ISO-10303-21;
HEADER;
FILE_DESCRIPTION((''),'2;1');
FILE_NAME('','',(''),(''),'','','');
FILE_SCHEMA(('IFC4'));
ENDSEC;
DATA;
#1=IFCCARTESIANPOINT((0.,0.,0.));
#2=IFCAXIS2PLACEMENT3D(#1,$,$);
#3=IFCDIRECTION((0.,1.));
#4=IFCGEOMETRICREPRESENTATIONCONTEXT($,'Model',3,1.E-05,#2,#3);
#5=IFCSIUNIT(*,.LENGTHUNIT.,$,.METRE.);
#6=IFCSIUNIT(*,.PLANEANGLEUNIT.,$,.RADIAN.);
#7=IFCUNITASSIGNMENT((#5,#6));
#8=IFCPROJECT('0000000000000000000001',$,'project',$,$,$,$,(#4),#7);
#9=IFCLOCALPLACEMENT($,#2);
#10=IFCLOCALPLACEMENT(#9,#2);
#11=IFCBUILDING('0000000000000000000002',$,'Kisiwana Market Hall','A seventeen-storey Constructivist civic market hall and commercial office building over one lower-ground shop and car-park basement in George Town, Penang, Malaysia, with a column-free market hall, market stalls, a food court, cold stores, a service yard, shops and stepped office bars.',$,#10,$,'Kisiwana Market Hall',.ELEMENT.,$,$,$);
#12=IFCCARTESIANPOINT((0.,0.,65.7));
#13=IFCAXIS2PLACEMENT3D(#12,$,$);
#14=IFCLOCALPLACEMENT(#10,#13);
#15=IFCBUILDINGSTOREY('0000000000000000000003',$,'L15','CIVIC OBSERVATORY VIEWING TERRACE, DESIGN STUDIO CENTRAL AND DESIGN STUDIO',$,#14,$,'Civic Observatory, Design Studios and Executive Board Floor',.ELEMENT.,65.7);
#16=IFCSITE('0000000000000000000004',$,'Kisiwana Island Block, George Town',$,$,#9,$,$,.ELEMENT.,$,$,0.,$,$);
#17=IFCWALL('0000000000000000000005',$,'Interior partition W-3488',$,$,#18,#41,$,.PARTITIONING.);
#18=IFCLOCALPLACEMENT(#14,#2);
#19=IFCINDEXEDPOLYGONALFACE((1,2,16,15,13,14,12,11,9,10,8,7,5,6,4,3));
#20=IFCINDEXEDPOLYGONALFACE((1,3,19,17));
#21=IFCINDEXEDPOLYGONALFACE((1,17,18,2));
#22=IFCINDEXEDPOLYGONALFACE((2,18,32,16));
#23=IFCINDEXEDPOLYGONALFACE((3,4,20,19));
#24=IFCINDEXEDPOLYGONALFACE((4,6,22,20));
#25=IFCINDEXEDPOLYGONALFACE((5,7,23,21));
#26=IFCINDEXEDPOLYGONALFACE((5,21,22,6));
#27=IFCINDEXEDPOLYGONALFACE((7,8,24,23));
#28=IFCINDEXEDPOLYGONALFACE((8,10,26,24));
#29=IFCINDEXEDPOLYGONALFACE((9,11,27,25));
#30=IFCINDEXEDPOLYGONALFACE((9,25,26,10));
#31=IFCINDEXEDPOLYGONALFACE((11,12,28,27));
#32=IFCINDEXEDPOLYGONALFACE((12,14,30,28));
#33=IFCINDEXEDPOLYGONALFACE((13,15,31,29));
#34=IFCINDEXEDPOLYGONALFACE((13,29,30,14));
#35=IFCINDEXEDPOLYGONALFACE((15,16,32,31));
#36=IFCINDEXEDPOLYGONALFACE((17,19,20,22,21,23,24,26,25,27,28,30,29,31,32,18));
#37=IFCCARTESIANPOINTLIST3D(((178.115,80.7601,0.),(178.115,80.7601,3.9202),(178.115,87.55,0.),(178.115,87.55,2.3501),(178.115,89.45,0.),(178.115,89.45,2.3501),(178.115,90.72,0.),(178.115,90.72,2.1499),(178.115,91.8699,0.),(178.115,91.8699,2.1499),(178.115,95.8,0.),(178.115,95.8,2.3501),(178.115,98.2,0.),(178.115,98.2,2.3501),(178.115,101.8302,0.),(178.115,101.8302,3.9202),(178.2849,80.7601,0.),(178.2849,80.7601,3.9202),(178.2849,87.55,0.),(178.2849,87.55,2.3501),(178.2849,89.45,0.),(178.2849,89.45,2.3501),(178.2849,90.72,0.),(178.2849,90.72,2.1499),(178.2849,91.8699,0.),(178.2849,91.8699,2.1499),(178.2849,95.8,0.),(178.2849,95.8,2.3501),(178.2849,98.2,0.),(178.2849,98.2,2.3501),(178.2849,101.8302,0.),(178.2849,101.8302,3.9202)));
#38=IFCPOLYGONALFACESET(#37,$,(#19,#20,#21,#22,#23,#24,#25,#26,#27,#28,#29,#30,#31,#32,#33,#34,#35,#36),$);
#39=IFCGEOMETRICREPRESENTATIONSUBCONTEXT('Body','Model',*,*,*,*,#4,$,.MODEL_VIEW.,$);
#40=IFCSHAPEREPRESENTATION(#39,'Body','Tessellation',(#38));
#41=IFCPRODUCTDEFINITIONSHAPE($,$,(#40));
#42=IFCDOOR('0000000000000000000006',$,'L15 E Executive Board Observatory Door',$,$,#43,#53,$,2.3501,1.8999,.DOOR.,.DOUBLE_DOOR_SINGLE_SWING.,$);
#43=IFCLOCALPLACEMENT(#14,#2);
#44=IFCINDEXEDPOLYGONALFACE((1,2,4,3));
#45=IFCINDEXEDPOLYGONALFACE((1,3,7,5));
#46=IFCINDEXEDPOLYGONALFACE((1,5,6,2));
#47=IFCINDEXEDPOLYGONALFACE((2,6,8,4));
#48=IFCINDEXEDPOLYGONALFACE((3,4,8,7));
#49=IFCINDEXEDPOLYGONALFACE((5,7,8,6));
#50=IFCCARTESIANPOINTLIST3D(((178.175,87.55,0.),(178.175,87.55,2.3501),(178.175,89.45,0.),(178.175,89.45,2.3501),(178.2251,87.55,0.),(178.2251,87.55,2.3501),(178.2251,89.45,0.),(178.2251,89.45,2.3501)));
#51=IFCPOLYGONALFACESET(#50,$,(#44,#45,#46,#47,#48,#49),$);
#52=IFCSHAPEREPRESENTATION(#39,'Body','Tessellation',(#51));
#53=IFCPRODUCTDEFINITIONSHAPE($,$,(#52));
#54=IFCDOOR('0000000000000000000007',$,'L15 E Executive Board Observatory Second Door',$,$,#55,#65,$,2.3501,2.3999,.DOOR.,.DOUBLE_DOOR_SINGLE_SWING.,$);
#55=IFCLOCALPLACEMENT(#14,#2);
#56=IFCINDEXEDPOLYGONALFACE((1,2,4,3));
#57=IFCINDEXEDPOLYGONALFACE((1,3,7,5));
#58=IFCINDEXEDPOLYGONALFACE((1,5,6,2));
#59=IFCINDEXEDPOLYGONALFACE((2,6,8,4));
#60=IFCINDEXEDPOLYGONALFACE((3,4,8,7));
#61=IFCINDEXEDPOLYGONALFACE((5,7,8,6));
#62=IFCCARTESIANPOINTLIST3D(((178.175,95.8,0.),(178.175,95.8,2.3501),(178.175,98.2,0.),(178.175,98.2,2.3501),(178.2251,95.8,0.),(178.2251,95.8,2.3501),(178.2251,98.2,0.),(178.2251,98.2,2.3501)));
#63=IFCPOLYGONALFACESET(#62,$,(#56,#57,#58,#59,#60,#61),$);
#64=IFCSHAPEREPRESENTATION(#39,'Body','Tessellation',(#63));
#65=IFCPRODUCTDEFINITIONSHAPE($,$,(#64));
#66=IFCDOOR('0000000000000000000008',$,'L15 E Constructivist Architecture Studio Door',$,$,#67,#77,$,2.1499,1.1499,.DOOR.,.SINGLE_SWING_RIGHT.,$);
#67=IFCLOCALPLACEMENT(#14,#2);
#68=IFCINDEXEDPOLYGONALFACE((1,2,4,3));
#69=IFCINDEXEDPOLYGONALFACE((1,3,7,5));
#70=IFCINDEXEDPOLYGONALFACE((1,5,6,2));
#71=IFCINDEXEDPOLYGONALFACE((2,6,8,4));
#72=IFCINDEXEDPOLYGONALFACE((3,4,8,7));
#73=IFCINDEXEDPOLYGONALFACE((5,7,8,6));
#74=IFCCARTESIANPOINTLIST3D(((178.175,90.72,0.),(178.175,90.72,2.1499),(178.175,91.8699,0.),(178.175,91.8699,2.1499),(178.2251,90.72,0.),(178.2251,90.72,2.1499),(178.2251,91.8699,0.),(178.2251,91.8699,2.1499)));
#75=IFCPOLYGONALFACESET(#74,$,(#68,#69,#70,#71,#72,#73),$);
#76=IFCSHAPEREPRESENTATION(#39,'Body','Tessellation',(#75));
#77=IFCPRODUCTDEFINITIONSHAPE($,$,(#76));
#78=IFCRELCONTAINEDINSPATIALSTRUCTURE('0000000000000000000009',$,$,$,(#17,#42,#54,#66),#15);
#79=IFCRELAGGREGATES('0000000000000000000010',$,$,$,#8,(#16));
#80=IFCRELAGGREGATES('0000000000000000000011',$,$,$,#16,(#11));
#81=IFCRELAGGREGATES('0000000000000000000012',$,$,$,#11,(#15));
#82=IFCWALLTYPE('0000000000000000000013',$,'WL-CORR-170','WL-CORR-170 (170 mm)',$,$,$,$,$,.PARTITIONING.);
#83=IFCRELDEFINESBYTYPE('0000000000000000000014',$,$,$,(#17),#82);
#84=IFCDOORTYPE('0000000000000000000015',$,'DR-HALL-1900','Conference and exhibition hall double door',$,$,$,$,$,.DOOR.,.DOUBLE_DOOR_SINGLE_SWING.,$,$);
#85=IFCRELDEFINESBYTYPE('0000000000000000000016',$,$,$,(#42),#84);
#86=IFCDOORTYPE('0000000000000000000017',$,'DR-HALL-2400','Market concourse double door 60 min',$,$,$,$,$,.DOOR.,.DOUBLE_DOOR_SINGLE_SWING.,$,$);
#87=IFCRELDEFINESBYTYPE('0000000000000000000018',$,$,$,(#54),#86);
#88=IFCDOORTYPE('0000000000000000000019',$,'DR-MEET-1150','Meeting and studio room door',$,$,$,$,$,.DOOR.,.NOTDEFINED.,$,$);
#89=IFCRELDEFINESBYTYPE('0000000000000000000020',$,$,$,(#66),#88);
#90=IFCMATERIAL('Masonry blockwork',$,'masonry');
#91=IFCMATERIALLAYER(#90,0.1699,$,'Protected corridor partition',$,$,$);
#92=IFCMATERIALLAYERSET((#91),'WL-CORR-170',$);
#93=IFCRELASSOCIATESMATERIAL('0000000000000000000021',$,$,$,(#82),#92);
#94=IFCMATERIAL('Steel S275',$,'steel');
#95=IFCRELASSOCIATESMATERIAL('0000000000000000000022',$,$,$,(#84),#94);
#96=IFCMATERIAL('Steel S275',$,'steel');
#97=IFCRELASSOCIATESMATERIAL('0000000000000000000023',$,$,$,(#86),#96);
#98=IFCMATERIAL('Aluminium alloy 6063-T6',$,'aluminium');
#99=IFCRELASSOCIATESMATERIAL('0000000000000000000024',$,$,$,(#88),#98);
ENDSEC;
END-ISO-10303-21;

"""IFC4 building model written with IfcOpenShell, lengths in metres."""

from ifc_helpers import new_model, si_unit, direction, frame, frame_2d, origin, place, context, subcontext, project, spatial, rectangle, extrude, material, layer, layer_set, type_object, element, fill, save


model = new_model("IFC4")

# Units and contexts
model_context = context("Model", 3, precision=1e-05, world=origin(), true_north=direction((0.0, 1.0)))
body_context = subcontext(model_context, "Body", "Model", "MODEL_VIEW")
ifc_project = project(units=[si_unit("LENGTHUNIT", "METRE"), si_unit("PLANEANGLEUNIT", "RADIAN")], contexts=[model_context])

# Site, building, storey
site_placement = place(None, origin())
site = spatial("IfcSite", under=ifc_project, at=site_placement, Name="Kisiwana Island Block, George Town", CompositionType="ELEMENT", RefElevation=0.0)
building_placement = place(site_placement, origin())
building = spatial("IfcBuilding", under=site, at=building_placement, Name="Kisiwana Market Hall", Description="A seventeen-storey Constructivist civic market hall and commercial office building over one lower-ground shop and car-park basement in George Town, Penang, Malaysia, with a column-free market hall, market stalls, a food court, cold stores, a service yard, shops and stepped office bars.", LongName="Kisiwana Market Hall", CompositionType="ELEMENT")
storey_placement = place(building_placement, frame((0.0, 0.0, 65.7)))
storey = spatial("IfcBuildingStorey", under=building, at=storey_placement, Name="L15", Description="CIVIC OBSERVATORY VIEWING TERRACE, DESIGN STUDIO CENTRAL AND DESIGN STUDIO", LongName="Civic Observatory, Design Studios and Executive Board Floor", CompositionType="ELEMENT", Elevation=65.7)

# Wall, openings, doors
ifc_material_1 = material(Name="Masonry blockwork", Category="masonry")
ifc_layer_1 = layer(ifc_material_1, 0.1699, Name="Protected corridor partition")
ifc_layer_set_1 = layer_set([ifc_layer_1], Name="WL-CORR-170")
wall_type_1 = type_object("IfcWallType", Name="WL-CORR-170", Description="WL-CORR-170 (170 mm)", PredefinedType="PARTITIONING", material=ifc_layer_set_1)
wall_1_placement = place(storey_placement, frame((178.2, 80.76, 0.0), z_axis=(0.0, 0.0, 1.0), x_axis=(0.0, 1.0, 0.0)))
wall_1 = element("IfcWall", 1, at=wall_1_placement, inside=storey, type_object=wall_type_1, Name="Interior partition W-3488", PredefinedType="PARTITIONING", context=body_context, shape_type="SweptSolid", body=[
    extrude(rectangle(XDim=21.0701, YDim=0.1699, at=frame_2d((10.5352, 0.0))), origin(), (0.0, 0.0, 1.0), 3.9202),
])
opening_1_placement = place(wall_1_placement, frame((6.79, 0.0, 0.0)))
opening_1 = element("IfcOpeningElement", 2, at=opening_1_placement, cuts=wall_1, PredefinedType="OPENING", context=body_context, shape_type="SweptSolid", body=[
    extrude(rectangle(XDim=1.8999, YDim=2.3501, at=frame_2d((0.95, 1.175))), frame((0.0, 0.0969, 0.0), z_axis=(0.0, -1.0, 0.0), x_axis=(1.0, 0.0, 0.0)), (0.0, 0.0, 1.0), 0.1938),
])
opening_2_placement = place(wall_1_placement, frame((15.04, 0.0, 0.0)))
opening_2 = element("IfcOpeningElement", 3, at=opening_2_placement, cuts=wall_1, PredefinedType="OPENING", context=body_context, shape_type="SweptSolid", body=[
    extrude(rectangle(XDim=2.3999, YDim=2.3501, at=frame_2d((1.2, 1.175))), frame((0.0, 0.0969, 0.0), z_axis=(0.0, -1.0, 0.0), x_axis=(1.0, 0.0, 0.0)), (0.0, 0.0, 1.0), 0.1938),
])
opening_3_placement = place(wall_1_placement, frame((9.96, 0.0, 0.0)))
opening_3 = element("IfcOpeningElement", 4, at=opening_3_placement, cuts=wall_1, PredefinedType="OPENING", context=body_context, shape_type="SweptSolid", body=[
    extrude(rectangle(XDim=1.1499, YDim=2.1499, at=frame_2d((0.575, 1.075))), frame((0.0, 0.0969, 0.0), z_axis=(0.0, -1.0, 0.0), x_axis=(1.0, 0.0, 0.0)), (0.0, 0.0, 1.0), 0.1938),
])
ifc_material_2 = material(Name="Steel S275", Category="steel")
door_type_1 = type_object("IfcDoorType", Name="DR-HALL-1900", Description="Conference and exhibition hall double door", OperationType="DOUBLE_DOOR_SINGLE_SWING", PredefinedType="DOOR", material=ifc_material_2)
door_1_placement = place(opening_1_placement, origin())
door_1 = element("IfcDoor", 5, at=door_1_placement, inside=storey, type_object=door_type_1, Name="L15 E Executive Board Observatory Door", OperationType="DOUBLE_DOOR_SINGLE_SWING", OverallHeight=2.3501, OverallWidth=1.8999, PredefinedType="DOOR", context=body_context, shape_type="SweptSolid", body=[
    extrude(rectangle(XDim=1.8999, YDim=2.3501, at=frame_2d((0.95, 1.175))), frame((0.0, 0.0249, 0.0), z_axis=(0.0, -1.0, 0.0), x_axis=(1.0, 0.0, 0.0)), (0.0, 0.0, 1.0), 0.05),
])
fill(opening_1, door_1)
ifc_material_3 = material(Name="Steel S275", Category="steel")
door_type_2 = type_object("IfcDoorType", Name="DR-HALL-2400", Description="Market concourse double door 60 min", OperationType="DOUBLE_DOOR_SINGLE_SWING", PredefinedType="DOOR", material=ifc_material_3)
door_2_placement = place(opening_2_placement, origin())
door_2 = element("IfcDoor", 6, at=door_2_placement, inside=storey, type_object=door_type_2, Name="L15 E Executive Board Observatory Second Door", OperationType="DOUBLE_DOOR_SINGLE_SWING", OverallHeight=2.3501, OverallWidth=2.3999, PredefinedType="DOOR", context=body_context, shape_type="SweptSolid", body=[
    extrude(rectangle(XDim=2.3999, YDim=2.3501, at=frame_2d((1.2, 1.175))), frame((0.0, 0.0249, 0.0), z_axis=(0.0, -1.0, 0.0), x_axis=(1.0, 0.0, 0.0)), (0.0, 0.0, 1.0), 0.05),
])
fill(opening_2, door_2)
ifc_material_4 = material(Name="Aluminium alloy 6063-T6", Category="aluminium")
door_type_3 = type_object("IfcDoorType", Name="DR-MEET-1150", Description="Meeting and studio room door", OperationType="NOTDEFINED", PredefinedType="DOOR", material=ifc_material_4)
door_3_placement = place(opening_3_placement, origin())
door_3 = element("IfcDoor", 7, at=door_3_placement, inside=storey, type_object=door_type_3, Name="L15 E Constructivist Architecture Studio Door", OperationType="SINGLE_SWING_RIGHT", OverallHeight=2.1499, OverallWidth=1.1499, PredefinedType="DOOR", context=body_context, shape_type="SweptSolid", body=[
    extrude(rectangle(XDim=1.1499, YDim=2.1499, at=frame_2d((0.575, 1.075))), frame((0.0, 0.0249, 0.0), z_axis=(0.0, -1.0, 0.0), x_axis=(1.0, 0.0, 0.0)), (0.0, 0.0, 1.0), 0.05),
])
fill(opening_3, door_3)

save(model, "model.ifc")
